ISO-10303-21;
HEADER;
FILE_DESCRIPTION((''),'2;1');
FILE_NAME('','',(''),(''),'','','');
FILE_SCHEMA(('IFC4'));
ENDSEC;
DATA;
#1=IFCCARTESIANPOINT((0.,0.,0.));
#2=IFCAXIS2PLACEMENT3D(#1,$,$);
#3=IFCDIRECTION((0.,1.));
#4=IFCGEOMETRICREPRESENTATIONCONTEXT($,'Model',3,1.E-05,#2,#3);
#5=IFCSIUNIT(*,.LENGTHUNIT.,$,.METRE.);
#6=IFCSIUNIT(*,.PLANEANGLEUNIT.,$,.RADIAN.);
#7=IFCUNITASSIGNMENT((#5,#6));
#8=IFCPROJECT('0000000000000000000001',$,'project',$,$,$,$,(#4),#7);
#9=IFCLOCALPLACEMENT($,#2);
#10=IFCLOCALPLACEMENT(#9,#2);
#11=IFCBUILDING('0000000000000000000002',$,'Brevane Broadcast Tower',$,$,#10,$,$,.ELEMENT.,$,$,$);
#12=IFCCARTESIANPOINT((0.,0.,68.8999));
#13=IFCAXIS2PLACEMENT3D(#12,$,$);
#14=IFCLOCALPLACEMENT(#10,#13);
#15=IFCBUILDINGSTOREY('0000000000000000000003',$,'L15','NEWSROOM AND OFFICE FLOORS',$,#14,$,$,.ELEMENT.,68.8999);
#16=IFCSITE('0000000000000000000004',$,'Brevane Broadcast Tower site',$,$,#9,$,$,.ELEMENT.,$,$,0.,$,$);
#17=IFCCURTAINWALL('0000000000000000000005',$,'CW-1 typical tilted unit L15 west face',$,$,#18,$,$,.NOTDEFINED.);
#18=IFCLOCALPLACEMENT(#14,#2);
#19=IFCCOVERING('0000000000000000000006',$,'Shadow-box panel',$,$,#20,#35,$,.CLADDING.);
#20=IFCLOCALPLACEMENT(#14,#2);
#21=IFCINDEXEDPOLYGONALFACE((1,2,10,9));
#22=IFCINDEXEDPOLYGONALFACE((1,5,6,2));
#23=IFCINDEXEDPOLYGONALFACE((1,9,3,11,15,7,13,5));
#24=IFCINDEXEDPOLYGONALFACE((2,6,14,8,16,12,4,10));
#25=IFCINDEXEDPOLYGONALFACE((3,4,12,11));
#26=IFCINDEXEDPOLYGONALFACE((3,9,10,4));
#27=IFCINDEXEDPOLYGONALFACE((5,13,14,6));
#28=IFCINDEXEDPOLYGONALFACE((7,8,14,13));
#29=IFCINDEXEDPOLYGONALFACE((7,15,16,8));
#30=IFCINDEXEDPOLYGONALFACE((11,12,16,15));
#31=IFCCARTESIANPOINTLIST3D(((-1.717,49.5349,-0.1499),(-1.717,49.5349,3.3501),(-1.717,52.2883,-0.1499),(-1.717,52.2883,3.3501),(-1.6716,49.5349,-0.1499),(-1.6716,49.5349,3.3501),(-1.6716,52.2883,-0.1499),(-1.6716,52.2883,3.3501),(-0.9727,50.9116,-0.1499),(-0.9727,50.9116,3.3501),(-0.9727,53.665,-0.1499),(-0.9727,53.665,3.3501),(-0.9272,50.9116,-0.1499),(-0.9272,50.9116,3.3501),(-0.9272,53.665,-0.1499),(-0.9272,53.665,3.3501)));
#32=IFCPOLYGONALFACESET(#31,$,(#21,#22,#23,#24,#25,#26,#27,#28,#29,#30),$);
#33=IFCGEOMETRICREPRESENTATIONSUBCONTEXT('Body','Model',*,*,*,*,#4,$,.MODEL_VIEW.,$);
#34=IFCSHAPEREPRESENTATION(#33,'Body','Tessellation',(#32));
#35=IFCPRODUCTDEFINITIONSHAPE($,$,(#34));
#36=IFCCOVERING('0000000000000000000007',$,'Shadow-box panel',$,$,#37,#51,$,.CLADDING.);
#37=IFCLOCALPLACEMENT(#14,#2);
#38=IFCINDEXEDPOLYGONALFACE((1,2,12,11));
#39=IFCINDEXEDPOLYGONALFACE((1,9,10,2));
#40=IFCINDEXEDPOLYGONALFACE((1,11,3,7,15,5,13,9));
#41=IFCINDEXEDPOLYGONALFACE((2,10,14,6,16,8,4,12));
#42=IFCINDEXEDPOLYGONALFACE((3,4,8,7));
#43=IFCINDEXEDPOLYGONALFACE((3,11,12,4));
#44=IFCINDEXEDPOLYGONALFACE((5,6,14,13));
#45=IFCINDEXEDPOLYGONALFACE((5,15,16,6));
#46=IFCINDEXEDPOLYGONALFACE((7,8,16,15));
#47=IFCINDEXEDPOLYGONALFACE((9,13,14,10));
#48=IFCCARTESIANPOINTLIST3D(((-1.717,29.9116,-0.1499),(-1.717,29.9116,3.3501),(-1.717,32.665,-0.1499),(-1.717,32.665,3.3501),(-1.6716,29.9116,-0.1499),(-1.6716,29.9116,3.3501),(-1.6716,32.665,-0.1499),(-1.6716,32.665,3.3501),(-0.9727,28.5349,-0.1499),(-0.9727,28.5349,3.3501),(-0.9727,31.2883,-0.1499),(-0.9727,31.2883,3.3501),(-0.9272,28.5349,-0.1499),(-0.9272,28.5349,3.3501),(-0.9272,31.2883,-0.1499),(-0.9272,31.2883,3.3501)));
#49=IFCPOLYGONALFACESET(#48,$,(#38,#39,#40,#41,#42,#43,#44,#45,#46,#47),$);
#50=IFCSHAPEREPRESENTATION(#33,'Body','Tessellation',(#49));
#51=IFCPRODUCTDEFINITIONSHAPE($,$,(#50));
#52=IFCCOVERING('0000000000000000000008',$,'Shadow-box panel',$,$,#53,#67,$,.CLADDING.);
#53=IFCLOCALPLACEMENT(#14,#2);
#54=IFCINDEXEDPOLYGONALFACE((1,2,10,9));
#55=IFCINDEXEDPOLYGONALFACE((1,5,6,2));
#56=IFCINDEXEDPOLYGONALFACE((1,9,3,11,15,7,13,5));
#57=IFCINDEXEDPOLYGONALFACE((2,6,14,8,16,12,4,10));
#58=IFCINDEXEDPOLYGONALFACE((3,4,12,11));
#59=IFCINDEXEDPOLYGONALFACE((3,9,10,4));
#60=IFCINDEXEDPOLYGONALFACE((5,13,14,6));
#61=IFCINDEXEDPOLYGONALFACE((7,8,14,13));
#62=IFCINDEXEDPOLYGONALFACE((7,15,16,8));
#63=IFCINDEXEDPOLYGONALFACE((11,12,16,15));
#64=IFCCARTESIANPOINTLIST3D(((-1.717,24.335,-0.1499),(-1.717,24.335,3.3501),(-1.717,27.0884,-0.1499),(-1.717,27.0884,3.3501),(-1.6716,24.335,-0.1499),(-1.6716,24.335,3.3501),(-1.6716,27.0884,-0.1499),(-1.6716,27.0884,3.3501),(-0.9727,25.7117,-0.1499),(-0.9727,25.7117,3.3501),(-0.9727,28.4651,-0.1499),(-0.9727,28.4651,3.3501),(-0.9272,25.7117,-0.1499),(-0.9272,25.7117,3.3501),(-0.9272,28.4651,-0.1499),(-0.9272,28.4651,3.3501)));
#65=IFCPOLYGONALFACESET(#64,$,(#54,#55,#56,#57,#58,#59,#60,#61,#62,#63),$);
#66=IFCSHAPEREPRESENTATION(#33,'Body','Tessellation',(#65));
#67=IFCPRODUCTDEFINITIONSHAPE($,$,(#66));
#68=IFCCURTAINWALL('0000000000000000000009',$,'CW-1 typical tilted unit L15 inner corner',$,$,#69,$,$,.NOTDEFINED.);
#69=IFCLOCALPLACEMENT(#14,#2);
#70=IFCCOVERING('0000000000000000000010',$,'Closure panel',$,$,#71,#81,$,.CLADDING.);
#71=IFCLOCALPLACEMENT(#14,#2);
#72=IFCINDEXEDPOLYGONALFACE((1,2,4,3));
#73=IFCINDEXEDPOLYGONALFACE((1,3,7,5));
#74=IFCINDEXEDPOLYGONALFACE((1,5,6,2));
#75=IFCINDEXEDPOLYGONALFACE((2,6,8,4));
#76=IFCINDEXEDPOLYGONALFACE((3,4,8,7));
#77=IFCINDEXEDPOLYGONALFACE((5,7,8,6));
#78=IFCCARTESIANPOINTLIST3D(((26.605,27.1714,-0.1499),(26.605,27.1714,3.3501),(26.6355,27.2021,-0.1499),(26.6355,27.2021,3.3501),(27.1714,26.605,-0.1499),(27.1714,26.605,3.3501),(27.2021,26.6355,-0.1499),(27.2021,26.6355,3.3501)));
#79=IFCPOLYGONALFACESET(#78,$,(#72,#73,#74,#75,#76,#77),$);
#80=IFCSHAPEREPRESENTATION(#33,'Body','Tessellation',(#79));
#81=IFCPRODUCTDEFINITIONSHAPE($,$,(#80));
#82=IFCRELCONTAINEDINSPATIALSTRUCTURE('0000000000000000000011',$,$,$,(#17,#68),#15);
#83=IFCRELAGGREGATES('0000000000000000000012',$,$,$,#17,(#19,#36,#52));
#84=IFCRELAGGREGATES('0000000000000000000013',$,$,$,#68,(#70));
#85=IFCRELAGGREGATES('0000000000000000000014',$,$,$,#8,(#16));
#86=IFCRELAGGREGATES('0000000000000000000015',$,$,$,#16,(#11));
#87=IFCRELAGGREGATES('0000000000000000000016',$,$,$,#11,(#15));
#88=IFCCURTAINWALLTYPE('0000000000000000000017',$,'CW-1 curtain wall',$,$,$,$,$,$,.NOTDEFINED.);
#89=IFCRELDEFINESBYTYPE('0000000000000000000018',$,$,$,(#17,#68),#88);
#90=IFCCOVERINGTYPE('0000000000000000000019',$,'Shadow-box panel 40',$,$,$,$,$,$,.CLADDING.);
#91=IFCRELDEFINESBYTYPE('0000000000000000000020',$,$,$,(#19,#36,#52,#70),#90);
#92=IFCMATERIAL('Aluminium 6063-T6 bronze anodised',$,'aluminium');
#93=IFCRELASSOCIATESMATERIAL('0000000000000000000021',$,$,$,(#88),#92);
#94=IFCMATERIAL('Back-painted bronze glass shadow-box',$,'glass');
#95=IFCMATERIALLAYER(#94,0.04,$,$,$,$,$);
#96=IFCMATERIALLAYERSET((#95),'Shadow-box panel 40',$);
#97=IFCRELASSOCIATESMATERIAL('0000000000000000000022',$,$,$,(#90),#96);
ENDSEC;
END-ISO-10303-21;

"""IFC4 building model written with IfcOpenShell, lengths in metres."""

from ifc_helpers import new_model, si_unit, direction, frame, origin, place, context, subcontext, project, spatial, polyline, outline, extrude, material, layer, layer_set, type_object, element, aggregate, save


model = new_model("IFC4")

# Units and contexts
model_context = context("Model", 3, precision=1e-05, world=origin(), true_north=direction((0.0, 1.0)))
body_context = subcontext(model_context, "Body", "Model", "MODEL_VIEW")
ifc_project = project(units=[si_unit("LENGTHUNIT", "METRE"), si_unit("PLANEANGLEUNIT", "RADIAN")], contexts=[model_context])

# Site, building, storey
site_placement = place(None, origin())
site = spatial("IfcSite", under=ifc_project, at=site_placement, Name="Brevane Broadcast Tower site", CompositionType="ELEMENT", RefElevation=0.0)
building_placement = place(site_placement, origin())
building = spatial("IfcBuilding", under=site, at=building_placement, Name="Brevane Broadcast Tower", CompositionType="ELEMENT")
storey_placement = place(building_placement, frame((0.0, 0.0, 68.8999)))
storey = spatial("IfcBuildingStorey", under=building, at=storey_placement, Name="L15", Description="NEWSROOM AND OFFICE FLOORS", CompositionType="ELEMENT", Elevation=68.8999)

# Shared definitions
ifc_material_1 = material(Name="Aluminium 6063-T6 bronze anodised", Category="aluminium")
curtain_wall_type = type_object("IfcCurtainWallType", Name="CW-1 curtain wall", PredefinedType="NOTDEFINED", material=ifc_material_1)

# Curtain wall
curtain_wall_1_placement = place(storey_placement, origin())
curtain_wall_1 = element("IfcCurtainWall", 1, at=curtain_wall_1_placement, inside=storey, type_object=curtain_wall_type, Name="CW-1 typical tilted unit L15 west face", PredefinedType="NOTDEFINED")

# Coverings
ifc_material_2 = material(Name="Back-painted bronze glass shadow-box", Category="glass")
ifc_layer_1 = layer(ifc_material_2, 0.04)
ifc_layer_set_1 = layer_set([ifc_layer_1], Name="Shadow-box panel 40")
covering_type = type_object("IfcCoveringType", Name="Shadow-box panel 40", PredefinedType="CLADDING", material=ifc_layer_set_1)
covering_1_placement = place(storey_placement, frame((0.0, 0.0, -0.1499)))
covering_1 = element("IfcCovering", 2, at=covering_1_placement, type_object=covering_type, Name="Shadow-box panel", PredefinedType="CLADDING", context=body_context, shape_type="SweptSolid", body=[
    extrude(outline(polyline([(-0.9272, 53.665), (-0.9727, 53.665), (-1.717, 52.2883), (-0.9727, 50.9116), (-1.717, 49.5349), (-1.6716, 49.5349), (-0.9272, 50.9116), (-1.6716, 52.2883), (-0.9272, 53.665)])), origin(), (0.0, 0.0, 1.0), 3.5),
])
covering_2_placement = place(storey_placement, frame((0.0, 0.0, -0.1499)))
covering_2 = element("IfcCovering", 3, at=covering_2_placement, type_object=covering_type, Name="Shadow-box panel", PredefinedType="CLADDING", context=body_context, shape_type="SweptSolid", body=[
    extrude(outline(polyline([(-1.6716, 32.665), (-1.717, 32.665), (-0.9727, 31.2883), (-1.717, 29.9116), (-0.9727, 28.5349), (-0.9272, 28.5349), (-1.6716, 29.9116), (-0.9272, 31.2883), (-1.6716, 32.665)])), origin(), (0.0, 0.0, 1.0), 3.5),
])
covering_3_placement = place(storey_placement, frame((0.0, 0.0, -0.1499)))
covering_3 = element("IfcCovering", 4, at=covering_3_placement, type_object=covering_type, Name="Shadow-box panel", PredefinedType="CLADDING", context=body_context, shape_type="SweptSolid", body=[
    extrude(outline(polyline([(-0.9272, 28.4651), (-0.9727, 28.4651), (-1.717, 27.0884), (-0.9727, 25.7117), (-1.717, 24.335), (-1.6716, 24.335), (-0.9272, 25.7117), (-1.6716, 27.0884), (-0.9272, 28.4651)])), origin(), (0.0, 0.0, 1.0), 3.5),
])
aggregate(curtain_wall_1, [covering_1, covering_2, covering_3])

# Curtain wall, covering
curtain_wall_2_placement = place(storey_placement, origin())
curtain_wall_2 = element("IfcCurtainWall", 5, at=curtain_wall_2_placement, inside=storey, type_object=curtain_wall_type, Name="CW-1 typical tilted unit L15 inner corner", PredefinedType="NOTDEFINED")
covering_4_placement = place(storey_placement, frame((0.0, 0.0, -0.1499)))
covering_4 = element("IfcCovering", 6, at=covering_4_placement, type_object=covering_type, Name="Closure panel", PredefinedType="CLADDING", context=body_context, shape_type="SweptSolid", body=[
    extrude(outline(polyline([(27.1714, 26.605), (27.2021, 26.6355), (26.6355, 27.2021), (26.605, 27.1714), (27.1714, 26.605)])), origin(), (0.0, 0.0, 1.0), 3.5),
])
aggregate(curtain_wall_2, [covering_4])

save(model, "model.ifc")
